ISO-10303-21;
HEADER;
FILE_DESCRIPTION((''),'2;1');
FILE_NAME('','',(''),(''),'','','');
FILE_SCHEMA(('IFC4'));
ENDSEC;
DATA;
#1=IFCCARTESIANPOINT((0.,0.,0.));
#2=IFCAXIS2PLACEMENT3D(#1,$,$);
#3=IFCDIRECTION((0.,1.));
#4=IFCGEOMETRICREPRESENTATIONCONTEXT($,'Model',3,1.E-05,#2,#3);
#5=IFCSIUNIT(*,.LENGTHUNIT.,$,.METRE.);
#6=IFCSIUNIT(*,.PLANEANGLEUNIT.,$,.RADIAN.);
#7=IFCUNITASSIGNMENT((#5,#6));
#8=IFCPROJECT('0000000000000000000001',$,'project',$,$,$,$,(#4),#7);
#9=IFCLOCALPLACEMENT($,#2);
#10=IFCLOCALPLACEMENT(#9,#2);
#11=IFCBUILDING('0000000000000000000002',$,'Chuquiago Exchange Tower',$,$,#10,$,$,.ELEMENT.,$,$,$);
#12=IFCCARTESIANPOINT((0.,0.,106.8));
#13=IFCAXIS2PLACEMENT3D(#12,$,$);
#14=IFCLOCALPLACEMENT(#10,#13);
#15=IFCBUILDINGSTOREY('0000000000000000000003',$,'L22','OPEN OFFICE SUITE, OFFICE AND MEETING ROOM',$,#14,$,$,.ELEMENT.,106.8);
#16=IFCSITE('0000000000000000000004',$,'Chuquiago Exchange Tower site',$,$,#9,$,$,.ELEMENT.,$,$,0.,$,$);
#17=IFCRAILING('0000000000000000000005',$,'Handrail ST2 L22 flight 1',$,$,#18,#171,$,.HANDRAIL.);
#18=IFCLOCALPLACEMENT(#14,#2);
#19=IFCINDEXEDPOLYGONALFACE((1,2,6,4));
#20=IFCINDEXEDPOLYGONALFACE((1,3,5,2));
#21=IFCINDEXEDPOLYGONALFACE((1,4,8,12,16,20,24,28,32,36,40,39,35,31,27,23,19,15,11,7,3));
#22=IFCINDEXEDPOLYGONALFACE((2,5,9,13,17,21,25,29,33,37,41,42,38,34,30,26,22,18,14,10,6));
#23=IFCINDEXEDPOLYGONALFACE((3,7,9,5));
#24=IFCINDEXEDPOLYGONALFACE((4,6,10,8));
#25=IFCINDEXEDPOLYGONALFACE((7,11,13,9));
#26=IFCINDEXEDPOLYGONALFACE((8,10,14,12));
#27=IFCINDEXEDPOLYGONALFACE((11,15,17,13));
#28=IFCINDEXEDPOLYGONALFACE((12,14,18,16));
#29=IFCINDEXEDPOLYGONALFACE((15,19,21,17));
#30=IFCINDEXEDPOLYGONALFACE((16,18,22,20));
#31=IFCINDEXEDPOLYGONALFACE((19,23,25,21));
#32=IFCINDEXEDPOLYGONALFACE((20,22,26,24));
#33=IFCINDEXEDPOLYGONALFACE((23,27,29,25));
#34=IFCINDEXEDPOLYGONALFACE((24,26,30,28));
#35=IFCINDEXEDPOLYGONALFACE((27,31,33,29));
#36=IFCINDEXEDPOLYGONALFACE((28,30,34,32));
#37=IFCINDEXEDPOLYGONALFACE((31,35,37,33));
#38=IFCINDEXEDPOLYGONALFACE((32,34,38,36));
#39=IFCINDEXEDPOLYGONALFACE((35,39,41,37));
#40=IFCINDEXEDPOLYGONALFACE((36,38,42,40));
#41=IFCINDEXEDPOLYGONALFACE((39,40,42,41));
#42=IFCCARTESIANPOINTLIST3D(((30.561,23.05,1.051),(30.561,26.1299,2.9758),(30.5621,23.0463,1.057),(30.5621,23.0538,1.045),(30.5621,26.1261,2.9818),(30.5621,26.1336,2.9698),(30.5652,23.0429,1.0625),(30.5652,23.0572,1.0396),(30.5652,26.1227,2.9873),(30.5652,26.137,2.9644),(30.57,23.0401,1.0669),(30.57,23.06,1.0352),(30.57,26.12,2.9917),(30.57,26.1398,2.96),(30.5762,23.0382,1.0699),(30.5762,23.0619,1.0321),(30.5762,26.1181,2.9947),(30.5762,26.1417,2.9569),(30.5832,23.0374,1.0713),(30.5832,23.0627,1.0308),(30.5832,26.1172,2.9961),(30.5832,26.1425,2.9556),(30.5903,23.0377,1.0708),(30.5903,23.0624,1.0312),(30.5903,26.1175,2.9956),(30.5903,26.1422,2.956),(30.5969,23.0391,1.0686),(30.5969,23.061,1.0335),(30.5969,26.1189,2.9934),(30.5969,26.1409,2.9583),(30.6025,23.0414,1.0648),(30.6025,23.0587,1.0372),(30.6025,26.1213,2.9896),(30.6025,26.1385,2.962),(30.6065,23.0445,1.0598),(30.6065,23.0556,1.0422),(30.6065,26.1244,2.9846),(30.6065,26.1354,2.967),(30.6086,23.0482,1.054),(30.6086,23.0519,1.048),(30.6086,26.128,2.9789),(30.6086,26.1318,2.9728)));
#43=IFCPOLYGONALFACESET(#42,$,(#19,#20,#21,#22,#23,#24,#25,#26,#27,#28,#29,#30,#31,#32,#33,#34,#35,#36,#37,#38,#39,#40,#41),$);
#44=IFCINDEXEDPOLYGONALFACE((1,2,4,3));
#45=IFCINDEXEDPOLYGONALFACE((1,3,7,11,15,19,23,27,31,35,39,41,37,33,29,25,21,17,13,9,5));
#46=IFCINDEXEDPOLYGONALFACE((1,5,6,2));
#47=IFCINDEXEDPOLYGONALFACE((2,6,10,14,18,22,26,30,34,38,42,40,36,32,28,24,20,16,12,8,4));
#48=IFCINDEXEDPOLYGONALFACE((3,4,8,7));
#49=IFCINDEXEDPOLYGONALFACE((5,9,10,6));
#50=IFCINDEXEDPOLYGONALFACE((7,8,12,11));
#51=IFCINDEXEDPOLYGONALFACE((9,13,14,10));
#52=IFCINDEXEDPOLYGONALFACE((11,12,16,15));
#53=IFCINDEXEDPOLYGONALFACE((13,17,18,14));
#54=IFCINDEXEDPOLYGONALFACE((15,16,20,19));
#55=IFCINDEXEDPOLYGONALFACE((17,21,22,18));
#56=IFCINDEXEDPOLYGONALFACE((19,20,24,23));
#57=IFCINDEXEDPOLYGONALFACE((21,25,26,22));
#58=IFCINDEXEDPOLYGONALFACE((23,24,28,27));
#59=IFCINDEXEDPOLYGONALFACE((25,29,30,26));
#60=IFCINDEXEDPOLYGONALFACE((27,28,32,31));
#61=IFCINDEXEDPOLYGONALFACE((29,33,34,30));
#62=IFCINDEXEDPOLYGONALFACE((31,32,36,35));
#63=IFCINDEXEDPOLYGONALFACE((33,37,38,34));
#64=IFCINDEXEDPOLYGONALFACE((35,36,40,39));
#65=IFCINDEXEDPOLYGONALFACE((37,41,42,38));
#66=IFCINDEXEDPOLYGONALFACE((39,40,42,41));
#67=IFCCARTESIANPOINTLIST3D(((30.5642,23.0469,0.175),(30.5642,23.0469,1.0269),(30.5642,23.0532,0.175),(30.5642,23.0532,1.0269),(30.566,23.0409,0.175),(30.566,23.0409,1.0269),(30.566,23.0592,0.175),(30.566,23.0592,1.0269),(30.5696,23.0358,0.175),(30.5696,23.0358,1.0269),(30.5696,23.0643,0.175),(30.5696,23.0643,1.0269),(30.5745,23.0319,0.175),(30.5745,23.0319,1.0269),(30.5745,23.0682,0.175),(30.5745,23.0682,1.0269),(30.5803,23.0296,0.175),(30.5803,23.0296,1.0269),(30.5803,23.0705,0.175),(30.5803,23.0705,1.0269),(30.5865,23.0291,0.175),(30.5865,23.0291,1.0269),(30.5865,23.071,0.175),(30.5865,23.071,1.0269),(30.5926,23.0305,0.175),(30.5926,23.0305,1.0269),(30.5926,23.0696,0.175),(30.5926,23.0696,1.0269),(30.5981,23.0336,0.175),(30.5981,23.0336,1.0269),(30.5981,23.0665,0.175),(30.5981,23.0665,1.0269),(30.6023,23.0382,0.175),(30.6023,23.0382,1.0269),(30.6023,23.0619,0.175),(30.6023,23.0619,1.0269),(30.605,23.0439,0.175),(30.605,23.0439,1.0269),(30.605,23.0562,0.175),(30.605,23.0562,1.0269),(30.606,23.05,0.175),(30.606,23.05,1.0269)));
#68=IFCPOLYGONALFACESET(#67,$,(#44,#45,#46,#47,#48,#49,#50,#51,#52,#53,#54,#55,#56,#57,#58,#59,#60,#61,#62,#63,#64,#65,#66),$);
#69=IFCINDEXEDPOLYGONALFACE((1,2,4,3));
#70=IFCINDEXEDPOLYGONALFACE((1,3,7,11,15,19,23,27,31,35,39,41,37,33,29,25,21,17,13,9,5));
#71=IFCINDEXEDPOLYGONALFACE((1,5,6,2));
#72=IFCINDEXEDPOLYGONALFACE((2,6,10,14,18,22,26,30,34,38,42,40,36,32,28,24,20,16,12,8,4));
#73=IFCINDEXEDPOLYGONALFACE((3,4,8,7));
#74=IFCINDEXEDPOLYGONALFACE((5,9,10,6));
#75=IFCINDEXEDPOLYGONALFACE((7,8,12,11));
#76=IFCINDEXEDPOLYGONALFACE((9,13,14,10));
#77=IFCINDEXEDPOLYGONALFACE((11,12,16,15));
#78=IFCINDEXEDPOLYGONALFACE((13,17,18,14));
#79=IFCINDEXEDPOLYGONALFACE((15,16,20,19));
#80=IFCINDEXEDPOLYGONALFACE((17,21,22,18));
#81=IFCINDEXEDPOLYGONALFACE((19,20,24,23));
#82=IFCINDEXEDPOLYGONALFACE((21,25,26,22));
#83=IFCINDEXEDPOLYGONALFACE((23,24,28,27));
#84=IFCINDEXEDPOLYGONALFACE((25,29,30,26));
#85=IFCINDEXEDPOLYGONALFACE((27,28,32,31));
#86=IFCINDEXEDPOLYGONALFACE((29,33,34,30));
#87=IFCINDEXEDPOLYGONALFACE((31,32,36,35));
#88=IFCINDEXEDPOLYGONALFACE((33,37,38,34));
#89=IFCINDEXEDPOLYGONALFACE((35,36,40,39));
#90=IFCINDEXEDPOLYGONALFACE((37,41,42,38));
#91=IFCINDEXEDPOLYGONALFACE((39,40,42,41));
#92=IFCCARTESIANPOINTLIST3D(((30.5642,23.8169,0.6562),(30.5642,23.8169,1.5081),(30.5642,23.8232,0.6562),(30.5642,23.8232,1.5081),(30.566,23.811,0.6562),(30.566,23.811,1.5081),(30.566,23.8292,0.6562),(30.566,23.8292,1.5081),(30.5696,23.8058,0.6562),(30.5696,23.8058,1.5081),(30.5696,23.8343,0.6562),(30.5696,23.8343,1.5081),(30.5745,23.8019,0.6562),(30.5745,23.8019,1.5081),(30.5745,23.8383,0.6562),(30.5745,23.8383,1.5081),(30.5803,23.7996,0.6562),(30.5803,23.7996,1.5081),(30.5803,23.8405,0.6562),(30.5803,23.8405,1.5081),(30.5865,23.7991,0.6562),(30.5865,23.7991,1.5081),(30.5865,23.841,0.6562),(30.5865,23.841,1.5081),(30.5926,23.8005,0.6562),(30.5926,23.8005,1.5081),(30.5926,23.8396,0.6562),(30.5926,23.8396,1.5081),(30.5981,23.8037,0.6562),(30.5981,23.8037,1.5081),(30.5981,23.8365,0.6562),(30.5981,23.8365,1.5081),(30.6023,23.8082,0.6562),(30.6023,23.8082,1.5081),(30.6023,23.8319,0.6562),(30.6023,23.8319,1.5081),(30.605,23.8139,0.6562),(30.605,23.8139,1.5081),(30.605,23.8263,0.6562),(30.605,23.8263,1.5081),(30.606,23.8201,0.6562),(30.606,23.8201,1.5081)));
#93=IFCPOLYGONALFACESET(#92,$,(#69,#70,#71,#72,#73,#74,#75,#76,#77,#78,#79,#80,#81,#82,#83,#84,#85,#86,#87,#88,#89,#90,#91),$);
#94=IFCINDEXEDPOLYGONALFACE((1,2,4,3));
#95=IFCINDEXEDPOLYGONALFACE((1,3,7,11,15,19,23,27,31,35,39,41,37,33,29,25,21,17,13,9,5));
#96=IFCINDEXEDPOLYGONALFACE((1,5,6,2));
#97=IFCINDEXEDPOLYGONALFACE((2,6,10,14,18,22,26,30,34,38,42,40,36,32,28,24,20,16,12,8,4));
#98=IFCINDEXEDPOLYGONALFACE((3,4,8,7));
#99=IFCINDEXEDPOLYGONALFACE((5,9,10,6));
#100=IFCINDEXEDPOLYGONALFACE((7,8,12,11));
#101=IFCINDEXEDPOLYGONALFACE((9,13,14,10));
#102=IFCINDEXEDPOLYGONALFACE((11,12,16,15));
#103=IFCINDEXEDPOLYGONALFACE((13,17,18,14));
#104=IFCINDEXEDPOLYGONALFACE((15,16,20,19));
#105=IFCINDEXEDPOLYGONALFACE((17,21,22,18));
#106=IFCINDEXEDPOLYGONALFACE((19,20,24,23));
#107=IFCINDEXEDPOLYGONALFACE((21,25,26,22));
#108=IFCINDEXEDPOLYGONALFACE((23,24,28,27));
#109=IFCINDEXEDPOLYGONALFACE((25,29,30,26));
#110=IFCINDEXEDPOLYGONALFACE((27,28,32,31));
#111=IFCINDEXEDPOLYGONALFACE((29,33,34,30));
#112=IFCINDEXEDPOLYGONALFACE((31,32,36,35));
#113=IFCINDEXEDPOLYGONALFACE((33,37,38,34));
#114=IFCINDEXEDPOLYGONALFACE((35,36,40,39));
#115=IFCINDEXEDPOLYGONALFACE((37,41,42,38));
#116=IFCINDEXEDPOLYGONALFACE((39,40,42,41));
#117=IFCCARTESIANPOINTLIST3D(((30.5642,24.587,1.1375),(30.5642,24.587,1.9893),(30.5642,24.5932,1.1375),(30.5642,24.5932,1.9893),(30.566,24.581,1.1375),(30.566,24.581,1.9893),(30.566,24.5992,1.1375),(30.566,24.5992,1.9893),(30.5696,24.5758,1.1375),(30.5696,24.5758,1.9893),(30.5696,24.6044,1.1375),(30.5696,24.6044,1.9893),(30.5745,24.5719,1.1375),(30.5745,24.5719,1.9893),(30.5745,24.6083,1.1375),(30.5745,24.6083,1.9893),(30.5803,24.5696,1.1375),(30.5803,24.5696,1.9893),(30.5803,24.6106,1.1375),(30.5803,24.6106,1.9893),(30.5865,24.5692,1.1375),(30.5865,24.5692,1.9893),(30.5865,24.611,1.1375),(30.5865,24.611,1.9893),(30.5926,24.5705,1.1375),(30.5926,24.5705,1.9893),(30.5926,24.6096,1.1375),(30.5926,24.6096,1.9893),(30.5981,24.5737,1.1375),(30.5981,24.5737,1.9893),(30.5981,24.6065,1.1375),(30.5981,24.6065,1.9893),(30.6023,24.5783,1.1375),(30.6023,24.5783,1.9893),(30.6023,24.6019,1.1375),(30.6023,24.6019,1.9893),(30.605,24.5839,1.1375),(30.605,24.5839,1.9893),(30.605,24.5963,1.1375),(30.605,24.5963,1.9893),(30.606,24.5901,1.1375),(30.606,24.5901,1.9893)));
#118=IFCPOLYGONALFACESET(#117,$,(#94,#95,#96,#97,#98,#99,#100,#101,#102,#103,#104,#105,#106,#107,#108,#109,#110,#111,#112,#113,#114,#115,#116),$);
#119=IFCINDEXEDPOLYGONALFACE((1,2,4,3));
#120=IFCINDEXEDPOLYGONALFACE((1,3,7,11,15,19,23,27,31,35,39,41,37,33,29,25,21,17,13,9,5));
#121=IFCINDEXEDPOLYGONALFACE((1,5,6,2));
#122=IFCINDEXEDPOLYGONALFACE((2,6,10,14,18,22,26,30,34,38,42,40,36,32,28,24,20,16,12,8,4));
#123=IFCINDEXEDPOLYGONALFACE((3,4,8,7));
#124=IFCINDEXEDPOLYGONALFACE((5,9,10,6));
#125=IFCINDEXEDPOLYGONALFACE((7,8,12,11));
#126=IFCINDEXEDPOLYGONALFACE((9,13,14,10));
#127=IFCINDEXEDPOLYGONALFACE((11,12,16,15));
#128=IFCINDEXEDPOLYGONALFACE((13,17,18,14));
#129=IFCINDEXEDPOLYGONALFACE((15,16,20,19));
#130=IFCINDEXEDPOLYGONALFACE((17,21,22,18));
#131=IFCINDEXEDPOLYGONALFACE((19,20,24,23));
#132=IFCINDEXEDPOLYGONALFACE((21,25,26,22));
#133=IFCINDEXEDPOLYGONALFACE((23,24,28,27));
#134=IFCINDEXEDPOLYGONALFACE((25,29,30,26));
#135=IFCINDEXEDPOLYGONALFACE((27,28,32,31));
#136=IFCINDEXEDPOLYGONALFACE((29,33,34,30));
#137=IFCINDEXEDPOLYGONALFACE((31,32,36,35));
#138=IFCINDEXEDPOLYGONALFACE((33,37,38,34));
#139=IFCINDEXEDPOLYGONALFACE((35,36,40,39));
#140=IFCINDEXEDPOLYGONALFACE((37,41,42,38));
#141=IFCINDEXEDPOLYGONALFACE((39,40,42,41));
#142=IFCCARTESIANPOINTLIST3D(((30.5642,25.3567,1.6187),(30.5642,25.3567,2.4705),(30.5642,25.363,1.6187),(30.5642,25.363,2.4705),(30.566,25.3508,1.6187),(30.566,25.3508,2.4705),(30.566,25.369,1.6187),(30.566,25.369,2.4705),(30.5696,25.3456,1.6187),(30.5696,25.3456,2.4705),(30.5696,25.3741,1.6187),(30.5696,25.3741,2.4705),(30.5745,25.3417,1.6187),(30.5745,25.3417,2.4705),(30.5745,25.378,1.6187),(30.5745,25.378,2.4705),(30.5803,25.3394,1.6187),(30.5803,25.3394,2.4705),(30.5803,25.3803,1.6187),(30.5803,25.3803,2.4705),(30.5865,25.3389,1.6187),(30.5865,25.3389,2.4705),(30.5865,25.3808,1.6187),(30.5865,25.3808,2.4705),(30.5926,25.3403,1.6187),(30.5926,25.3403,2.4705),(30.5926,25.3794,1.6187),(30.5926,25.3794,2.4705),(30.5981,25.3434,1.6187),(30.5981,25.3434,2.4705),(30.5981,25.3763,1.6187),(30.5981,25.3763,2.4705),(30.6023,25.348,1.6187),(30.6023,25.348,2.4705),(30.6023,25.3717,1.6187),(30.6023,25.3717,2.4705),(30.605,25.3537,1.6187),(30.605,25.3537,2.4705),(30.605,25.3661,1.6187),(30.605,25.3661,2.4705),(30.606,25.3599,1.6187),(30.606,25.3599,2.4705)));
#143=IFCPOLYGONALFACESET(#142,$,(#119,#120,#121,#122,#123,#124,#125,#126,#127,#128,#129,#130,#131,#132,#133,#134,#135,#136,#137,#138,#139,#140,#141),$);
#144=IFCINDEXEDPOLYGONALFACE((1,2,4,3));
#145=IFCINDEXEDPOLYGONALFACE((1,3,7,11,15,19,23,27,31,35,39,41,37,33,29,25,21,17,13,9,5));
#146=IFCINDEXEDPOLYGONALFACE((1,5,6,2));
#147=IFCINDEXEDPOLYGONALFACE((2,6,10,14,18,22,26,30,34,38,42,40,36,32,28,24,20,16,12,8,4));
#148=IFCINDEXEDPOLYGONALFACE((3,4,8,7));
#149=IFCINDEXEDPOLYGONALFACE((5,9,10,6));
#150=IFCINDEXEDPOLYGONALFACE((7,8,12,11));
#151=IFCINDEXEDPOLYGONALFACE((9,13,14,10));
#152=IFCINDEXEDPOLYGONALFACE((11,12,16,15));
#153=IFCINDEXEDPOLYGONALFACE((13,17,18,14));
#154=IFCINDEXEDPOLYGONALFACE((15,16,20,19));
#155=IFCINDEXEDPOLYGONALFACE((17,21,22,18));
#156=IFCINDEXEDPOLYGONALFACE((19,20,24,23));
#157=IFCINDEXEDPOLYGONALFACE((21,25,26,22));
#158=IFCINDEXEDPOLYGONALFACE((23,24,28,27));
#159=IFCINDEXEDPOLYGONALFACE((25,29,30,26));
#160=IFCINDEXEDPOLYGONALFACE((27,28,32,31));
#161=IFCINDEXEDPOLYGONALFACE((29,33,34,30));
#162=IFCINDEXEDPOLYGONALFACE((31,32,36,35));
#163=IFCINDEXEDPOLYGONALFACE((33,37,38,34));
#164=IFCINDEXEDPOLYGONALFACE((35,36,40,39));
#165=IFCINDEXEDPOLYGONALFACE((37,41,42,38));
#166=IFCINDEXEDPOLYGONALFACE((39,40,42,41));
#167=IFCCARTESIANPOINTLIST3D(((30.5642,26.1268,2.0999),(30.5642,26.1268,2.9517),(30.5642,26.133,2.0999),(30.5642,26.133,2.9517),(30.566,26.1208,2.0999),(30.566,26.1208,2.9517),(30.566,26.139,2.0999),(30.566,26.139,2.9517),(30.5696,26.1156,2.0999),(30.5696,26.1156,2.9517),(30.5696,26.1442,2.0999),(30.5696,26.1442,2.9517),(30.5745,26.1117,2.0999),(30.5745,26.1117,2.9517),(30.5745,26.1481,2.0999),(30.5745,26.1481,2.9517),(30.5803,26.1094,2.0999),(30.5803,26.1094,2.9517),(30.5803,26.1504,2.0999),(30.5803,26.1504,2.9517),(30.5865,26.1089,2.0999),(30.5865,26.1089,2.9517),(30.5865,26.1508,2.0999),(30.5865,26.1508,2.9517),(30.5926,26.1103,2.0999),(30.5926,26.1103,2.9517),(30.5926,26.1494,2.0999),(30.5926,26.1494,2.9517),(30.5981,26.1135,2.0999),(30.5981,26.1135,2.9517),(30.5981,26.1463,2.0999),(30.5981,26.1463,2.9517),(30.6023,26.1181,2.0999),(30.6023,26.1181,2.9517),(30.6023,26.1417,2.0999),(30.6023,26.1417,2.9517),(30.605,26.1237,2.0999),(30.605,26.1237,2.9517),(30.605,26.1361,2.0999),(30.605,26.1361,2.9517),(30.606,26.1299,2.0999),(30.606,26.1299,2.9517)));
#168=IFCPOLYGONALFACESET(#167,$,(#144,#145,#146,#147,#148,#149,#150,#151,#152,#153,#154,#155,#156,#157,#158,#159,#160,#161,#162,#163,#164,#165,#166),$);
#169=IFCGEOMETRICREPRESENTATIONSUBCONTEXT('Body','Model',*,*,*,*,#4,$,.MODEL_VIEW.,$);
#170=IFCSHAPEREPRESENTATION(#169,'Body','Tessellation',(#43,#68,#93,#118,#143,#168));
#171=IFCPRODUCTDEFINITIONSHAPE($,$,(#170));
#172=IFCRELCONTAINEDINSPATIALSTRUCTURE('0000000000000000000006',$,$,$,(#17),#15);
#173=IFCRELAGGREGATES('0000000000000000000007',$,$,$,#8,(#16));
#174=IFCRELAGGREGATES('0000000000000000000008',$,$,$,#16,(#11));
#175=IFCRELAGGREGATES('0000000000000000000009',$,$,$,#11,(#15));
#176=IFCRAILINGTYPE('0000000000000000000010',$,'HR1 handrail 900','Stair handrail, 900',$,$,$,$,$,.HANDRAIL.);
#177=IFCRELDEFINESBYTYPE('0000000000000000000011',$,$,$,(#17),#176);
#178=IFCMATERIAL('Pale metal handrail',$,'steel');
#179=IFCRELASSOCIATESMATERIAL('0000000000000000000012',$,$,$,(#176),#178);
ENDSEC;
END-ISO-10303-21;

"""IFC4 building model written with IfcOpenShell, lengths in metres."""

from ifc_helpers import new_model, si_unit, direction, frame, origin, origin_2d, place, context, subcontext, project, spatial, circle, extrude, material, type_object, element, save


model = new_model("IFC4")

# Units and contexts
model_context = context("Model", 3, precision=1e-05, world=origin(), true_north=direction((0.0, 1.0)))
body_context = subcontext(model_context, "Body", "Model", "MODEL_VIEW")
ifc_project = project(units=[si_unit("LENGTHUNIT", "METRE"), si_unit("PLANEANGLEUNIT", "RADIAN")], contexts=[model_context])

# Site, building, storey
site_placement = place(None, origin())
site = spatial("IfcSite", under=ifc_project, at=site_placement, Name="Chuquiago Exchange Tower site", CompositionType="ELEMENT", RefElevation=0.0)
building_placement = place(site_placement, origin())
building = spatial("IfcBuilding", under=site, at=building_placement, Name="Chuquiago Exchange Tower", CompositionType="ELEMENT")
storey_placement = place(building_placement, frame((0.0, 0.0, 106.8)))
storey = spatial("IfcBuildingStorey", under=building, at=storey_placement, Name="L22", Description="OPEN OFFICE SUITE, OFFICE AND MEETING ROOM", CompositionType="ELEMENT", Elevation=106.8)

# Railing
ifc_material_1 = material(Name="Pale metal handrail", Category="steel")
railing_type_1 = type_object("IfcRailingType", Name="HR1 handrail 900", Description="Stair handrail, 900", PredefinedType="HANDRAIL", material=ifc_material_1)
railing_1_placement = place(storey_placement, frame((30.585, 23.05, 0.175)))
element("IfcRailing", 1, at=railing_1_placement, inside=storey, type_object=railing_type_1, Name="Handrail ST2 L22 flight 1", PredefinedType="HANDRAIL", context=body_context, shape_type="SweptSolid", body=[
    extrude(circle(Radius=0.0239, at=origin_2d()), frame((0.0, 0.0, 0.876), z_axis=(0.0, 0.84801, 0.529981), x_axis=(-1.0, 0.0, 0.0)), (0.0, 0.0, 1.0), 3.6318),
    extrude(circle(Radius=0.021, at=origin_2d()), origin(), (0.0, 0.0, 1.0), 0.8518),
    extrude(circle(Radius=0.021, at=origin_2d()), frame((0.0, 0.77, 0.4812)), (0.0, 0.0, 1.0), 0.8518),
    extrude(circle(Radius=0.021, at=origin_2d()), frame((0.0, 1.54, 0.9624)), (0.0, 0.0, 1.0), 0.8518),
    extrude(circle(Radius=0.021, at=origin_2d()), frame((0.0, 2.3098, 1.4436)), (0.0, 0.0, 1.0), 0.8518),
    extrude(circle(Radius=0.021, at=origin_2d()), frame((0.0, 3.0798, 1.9248)), (0.0, 0.0, 1.0), 0.8518),
])

save(model, "model.ifc")
